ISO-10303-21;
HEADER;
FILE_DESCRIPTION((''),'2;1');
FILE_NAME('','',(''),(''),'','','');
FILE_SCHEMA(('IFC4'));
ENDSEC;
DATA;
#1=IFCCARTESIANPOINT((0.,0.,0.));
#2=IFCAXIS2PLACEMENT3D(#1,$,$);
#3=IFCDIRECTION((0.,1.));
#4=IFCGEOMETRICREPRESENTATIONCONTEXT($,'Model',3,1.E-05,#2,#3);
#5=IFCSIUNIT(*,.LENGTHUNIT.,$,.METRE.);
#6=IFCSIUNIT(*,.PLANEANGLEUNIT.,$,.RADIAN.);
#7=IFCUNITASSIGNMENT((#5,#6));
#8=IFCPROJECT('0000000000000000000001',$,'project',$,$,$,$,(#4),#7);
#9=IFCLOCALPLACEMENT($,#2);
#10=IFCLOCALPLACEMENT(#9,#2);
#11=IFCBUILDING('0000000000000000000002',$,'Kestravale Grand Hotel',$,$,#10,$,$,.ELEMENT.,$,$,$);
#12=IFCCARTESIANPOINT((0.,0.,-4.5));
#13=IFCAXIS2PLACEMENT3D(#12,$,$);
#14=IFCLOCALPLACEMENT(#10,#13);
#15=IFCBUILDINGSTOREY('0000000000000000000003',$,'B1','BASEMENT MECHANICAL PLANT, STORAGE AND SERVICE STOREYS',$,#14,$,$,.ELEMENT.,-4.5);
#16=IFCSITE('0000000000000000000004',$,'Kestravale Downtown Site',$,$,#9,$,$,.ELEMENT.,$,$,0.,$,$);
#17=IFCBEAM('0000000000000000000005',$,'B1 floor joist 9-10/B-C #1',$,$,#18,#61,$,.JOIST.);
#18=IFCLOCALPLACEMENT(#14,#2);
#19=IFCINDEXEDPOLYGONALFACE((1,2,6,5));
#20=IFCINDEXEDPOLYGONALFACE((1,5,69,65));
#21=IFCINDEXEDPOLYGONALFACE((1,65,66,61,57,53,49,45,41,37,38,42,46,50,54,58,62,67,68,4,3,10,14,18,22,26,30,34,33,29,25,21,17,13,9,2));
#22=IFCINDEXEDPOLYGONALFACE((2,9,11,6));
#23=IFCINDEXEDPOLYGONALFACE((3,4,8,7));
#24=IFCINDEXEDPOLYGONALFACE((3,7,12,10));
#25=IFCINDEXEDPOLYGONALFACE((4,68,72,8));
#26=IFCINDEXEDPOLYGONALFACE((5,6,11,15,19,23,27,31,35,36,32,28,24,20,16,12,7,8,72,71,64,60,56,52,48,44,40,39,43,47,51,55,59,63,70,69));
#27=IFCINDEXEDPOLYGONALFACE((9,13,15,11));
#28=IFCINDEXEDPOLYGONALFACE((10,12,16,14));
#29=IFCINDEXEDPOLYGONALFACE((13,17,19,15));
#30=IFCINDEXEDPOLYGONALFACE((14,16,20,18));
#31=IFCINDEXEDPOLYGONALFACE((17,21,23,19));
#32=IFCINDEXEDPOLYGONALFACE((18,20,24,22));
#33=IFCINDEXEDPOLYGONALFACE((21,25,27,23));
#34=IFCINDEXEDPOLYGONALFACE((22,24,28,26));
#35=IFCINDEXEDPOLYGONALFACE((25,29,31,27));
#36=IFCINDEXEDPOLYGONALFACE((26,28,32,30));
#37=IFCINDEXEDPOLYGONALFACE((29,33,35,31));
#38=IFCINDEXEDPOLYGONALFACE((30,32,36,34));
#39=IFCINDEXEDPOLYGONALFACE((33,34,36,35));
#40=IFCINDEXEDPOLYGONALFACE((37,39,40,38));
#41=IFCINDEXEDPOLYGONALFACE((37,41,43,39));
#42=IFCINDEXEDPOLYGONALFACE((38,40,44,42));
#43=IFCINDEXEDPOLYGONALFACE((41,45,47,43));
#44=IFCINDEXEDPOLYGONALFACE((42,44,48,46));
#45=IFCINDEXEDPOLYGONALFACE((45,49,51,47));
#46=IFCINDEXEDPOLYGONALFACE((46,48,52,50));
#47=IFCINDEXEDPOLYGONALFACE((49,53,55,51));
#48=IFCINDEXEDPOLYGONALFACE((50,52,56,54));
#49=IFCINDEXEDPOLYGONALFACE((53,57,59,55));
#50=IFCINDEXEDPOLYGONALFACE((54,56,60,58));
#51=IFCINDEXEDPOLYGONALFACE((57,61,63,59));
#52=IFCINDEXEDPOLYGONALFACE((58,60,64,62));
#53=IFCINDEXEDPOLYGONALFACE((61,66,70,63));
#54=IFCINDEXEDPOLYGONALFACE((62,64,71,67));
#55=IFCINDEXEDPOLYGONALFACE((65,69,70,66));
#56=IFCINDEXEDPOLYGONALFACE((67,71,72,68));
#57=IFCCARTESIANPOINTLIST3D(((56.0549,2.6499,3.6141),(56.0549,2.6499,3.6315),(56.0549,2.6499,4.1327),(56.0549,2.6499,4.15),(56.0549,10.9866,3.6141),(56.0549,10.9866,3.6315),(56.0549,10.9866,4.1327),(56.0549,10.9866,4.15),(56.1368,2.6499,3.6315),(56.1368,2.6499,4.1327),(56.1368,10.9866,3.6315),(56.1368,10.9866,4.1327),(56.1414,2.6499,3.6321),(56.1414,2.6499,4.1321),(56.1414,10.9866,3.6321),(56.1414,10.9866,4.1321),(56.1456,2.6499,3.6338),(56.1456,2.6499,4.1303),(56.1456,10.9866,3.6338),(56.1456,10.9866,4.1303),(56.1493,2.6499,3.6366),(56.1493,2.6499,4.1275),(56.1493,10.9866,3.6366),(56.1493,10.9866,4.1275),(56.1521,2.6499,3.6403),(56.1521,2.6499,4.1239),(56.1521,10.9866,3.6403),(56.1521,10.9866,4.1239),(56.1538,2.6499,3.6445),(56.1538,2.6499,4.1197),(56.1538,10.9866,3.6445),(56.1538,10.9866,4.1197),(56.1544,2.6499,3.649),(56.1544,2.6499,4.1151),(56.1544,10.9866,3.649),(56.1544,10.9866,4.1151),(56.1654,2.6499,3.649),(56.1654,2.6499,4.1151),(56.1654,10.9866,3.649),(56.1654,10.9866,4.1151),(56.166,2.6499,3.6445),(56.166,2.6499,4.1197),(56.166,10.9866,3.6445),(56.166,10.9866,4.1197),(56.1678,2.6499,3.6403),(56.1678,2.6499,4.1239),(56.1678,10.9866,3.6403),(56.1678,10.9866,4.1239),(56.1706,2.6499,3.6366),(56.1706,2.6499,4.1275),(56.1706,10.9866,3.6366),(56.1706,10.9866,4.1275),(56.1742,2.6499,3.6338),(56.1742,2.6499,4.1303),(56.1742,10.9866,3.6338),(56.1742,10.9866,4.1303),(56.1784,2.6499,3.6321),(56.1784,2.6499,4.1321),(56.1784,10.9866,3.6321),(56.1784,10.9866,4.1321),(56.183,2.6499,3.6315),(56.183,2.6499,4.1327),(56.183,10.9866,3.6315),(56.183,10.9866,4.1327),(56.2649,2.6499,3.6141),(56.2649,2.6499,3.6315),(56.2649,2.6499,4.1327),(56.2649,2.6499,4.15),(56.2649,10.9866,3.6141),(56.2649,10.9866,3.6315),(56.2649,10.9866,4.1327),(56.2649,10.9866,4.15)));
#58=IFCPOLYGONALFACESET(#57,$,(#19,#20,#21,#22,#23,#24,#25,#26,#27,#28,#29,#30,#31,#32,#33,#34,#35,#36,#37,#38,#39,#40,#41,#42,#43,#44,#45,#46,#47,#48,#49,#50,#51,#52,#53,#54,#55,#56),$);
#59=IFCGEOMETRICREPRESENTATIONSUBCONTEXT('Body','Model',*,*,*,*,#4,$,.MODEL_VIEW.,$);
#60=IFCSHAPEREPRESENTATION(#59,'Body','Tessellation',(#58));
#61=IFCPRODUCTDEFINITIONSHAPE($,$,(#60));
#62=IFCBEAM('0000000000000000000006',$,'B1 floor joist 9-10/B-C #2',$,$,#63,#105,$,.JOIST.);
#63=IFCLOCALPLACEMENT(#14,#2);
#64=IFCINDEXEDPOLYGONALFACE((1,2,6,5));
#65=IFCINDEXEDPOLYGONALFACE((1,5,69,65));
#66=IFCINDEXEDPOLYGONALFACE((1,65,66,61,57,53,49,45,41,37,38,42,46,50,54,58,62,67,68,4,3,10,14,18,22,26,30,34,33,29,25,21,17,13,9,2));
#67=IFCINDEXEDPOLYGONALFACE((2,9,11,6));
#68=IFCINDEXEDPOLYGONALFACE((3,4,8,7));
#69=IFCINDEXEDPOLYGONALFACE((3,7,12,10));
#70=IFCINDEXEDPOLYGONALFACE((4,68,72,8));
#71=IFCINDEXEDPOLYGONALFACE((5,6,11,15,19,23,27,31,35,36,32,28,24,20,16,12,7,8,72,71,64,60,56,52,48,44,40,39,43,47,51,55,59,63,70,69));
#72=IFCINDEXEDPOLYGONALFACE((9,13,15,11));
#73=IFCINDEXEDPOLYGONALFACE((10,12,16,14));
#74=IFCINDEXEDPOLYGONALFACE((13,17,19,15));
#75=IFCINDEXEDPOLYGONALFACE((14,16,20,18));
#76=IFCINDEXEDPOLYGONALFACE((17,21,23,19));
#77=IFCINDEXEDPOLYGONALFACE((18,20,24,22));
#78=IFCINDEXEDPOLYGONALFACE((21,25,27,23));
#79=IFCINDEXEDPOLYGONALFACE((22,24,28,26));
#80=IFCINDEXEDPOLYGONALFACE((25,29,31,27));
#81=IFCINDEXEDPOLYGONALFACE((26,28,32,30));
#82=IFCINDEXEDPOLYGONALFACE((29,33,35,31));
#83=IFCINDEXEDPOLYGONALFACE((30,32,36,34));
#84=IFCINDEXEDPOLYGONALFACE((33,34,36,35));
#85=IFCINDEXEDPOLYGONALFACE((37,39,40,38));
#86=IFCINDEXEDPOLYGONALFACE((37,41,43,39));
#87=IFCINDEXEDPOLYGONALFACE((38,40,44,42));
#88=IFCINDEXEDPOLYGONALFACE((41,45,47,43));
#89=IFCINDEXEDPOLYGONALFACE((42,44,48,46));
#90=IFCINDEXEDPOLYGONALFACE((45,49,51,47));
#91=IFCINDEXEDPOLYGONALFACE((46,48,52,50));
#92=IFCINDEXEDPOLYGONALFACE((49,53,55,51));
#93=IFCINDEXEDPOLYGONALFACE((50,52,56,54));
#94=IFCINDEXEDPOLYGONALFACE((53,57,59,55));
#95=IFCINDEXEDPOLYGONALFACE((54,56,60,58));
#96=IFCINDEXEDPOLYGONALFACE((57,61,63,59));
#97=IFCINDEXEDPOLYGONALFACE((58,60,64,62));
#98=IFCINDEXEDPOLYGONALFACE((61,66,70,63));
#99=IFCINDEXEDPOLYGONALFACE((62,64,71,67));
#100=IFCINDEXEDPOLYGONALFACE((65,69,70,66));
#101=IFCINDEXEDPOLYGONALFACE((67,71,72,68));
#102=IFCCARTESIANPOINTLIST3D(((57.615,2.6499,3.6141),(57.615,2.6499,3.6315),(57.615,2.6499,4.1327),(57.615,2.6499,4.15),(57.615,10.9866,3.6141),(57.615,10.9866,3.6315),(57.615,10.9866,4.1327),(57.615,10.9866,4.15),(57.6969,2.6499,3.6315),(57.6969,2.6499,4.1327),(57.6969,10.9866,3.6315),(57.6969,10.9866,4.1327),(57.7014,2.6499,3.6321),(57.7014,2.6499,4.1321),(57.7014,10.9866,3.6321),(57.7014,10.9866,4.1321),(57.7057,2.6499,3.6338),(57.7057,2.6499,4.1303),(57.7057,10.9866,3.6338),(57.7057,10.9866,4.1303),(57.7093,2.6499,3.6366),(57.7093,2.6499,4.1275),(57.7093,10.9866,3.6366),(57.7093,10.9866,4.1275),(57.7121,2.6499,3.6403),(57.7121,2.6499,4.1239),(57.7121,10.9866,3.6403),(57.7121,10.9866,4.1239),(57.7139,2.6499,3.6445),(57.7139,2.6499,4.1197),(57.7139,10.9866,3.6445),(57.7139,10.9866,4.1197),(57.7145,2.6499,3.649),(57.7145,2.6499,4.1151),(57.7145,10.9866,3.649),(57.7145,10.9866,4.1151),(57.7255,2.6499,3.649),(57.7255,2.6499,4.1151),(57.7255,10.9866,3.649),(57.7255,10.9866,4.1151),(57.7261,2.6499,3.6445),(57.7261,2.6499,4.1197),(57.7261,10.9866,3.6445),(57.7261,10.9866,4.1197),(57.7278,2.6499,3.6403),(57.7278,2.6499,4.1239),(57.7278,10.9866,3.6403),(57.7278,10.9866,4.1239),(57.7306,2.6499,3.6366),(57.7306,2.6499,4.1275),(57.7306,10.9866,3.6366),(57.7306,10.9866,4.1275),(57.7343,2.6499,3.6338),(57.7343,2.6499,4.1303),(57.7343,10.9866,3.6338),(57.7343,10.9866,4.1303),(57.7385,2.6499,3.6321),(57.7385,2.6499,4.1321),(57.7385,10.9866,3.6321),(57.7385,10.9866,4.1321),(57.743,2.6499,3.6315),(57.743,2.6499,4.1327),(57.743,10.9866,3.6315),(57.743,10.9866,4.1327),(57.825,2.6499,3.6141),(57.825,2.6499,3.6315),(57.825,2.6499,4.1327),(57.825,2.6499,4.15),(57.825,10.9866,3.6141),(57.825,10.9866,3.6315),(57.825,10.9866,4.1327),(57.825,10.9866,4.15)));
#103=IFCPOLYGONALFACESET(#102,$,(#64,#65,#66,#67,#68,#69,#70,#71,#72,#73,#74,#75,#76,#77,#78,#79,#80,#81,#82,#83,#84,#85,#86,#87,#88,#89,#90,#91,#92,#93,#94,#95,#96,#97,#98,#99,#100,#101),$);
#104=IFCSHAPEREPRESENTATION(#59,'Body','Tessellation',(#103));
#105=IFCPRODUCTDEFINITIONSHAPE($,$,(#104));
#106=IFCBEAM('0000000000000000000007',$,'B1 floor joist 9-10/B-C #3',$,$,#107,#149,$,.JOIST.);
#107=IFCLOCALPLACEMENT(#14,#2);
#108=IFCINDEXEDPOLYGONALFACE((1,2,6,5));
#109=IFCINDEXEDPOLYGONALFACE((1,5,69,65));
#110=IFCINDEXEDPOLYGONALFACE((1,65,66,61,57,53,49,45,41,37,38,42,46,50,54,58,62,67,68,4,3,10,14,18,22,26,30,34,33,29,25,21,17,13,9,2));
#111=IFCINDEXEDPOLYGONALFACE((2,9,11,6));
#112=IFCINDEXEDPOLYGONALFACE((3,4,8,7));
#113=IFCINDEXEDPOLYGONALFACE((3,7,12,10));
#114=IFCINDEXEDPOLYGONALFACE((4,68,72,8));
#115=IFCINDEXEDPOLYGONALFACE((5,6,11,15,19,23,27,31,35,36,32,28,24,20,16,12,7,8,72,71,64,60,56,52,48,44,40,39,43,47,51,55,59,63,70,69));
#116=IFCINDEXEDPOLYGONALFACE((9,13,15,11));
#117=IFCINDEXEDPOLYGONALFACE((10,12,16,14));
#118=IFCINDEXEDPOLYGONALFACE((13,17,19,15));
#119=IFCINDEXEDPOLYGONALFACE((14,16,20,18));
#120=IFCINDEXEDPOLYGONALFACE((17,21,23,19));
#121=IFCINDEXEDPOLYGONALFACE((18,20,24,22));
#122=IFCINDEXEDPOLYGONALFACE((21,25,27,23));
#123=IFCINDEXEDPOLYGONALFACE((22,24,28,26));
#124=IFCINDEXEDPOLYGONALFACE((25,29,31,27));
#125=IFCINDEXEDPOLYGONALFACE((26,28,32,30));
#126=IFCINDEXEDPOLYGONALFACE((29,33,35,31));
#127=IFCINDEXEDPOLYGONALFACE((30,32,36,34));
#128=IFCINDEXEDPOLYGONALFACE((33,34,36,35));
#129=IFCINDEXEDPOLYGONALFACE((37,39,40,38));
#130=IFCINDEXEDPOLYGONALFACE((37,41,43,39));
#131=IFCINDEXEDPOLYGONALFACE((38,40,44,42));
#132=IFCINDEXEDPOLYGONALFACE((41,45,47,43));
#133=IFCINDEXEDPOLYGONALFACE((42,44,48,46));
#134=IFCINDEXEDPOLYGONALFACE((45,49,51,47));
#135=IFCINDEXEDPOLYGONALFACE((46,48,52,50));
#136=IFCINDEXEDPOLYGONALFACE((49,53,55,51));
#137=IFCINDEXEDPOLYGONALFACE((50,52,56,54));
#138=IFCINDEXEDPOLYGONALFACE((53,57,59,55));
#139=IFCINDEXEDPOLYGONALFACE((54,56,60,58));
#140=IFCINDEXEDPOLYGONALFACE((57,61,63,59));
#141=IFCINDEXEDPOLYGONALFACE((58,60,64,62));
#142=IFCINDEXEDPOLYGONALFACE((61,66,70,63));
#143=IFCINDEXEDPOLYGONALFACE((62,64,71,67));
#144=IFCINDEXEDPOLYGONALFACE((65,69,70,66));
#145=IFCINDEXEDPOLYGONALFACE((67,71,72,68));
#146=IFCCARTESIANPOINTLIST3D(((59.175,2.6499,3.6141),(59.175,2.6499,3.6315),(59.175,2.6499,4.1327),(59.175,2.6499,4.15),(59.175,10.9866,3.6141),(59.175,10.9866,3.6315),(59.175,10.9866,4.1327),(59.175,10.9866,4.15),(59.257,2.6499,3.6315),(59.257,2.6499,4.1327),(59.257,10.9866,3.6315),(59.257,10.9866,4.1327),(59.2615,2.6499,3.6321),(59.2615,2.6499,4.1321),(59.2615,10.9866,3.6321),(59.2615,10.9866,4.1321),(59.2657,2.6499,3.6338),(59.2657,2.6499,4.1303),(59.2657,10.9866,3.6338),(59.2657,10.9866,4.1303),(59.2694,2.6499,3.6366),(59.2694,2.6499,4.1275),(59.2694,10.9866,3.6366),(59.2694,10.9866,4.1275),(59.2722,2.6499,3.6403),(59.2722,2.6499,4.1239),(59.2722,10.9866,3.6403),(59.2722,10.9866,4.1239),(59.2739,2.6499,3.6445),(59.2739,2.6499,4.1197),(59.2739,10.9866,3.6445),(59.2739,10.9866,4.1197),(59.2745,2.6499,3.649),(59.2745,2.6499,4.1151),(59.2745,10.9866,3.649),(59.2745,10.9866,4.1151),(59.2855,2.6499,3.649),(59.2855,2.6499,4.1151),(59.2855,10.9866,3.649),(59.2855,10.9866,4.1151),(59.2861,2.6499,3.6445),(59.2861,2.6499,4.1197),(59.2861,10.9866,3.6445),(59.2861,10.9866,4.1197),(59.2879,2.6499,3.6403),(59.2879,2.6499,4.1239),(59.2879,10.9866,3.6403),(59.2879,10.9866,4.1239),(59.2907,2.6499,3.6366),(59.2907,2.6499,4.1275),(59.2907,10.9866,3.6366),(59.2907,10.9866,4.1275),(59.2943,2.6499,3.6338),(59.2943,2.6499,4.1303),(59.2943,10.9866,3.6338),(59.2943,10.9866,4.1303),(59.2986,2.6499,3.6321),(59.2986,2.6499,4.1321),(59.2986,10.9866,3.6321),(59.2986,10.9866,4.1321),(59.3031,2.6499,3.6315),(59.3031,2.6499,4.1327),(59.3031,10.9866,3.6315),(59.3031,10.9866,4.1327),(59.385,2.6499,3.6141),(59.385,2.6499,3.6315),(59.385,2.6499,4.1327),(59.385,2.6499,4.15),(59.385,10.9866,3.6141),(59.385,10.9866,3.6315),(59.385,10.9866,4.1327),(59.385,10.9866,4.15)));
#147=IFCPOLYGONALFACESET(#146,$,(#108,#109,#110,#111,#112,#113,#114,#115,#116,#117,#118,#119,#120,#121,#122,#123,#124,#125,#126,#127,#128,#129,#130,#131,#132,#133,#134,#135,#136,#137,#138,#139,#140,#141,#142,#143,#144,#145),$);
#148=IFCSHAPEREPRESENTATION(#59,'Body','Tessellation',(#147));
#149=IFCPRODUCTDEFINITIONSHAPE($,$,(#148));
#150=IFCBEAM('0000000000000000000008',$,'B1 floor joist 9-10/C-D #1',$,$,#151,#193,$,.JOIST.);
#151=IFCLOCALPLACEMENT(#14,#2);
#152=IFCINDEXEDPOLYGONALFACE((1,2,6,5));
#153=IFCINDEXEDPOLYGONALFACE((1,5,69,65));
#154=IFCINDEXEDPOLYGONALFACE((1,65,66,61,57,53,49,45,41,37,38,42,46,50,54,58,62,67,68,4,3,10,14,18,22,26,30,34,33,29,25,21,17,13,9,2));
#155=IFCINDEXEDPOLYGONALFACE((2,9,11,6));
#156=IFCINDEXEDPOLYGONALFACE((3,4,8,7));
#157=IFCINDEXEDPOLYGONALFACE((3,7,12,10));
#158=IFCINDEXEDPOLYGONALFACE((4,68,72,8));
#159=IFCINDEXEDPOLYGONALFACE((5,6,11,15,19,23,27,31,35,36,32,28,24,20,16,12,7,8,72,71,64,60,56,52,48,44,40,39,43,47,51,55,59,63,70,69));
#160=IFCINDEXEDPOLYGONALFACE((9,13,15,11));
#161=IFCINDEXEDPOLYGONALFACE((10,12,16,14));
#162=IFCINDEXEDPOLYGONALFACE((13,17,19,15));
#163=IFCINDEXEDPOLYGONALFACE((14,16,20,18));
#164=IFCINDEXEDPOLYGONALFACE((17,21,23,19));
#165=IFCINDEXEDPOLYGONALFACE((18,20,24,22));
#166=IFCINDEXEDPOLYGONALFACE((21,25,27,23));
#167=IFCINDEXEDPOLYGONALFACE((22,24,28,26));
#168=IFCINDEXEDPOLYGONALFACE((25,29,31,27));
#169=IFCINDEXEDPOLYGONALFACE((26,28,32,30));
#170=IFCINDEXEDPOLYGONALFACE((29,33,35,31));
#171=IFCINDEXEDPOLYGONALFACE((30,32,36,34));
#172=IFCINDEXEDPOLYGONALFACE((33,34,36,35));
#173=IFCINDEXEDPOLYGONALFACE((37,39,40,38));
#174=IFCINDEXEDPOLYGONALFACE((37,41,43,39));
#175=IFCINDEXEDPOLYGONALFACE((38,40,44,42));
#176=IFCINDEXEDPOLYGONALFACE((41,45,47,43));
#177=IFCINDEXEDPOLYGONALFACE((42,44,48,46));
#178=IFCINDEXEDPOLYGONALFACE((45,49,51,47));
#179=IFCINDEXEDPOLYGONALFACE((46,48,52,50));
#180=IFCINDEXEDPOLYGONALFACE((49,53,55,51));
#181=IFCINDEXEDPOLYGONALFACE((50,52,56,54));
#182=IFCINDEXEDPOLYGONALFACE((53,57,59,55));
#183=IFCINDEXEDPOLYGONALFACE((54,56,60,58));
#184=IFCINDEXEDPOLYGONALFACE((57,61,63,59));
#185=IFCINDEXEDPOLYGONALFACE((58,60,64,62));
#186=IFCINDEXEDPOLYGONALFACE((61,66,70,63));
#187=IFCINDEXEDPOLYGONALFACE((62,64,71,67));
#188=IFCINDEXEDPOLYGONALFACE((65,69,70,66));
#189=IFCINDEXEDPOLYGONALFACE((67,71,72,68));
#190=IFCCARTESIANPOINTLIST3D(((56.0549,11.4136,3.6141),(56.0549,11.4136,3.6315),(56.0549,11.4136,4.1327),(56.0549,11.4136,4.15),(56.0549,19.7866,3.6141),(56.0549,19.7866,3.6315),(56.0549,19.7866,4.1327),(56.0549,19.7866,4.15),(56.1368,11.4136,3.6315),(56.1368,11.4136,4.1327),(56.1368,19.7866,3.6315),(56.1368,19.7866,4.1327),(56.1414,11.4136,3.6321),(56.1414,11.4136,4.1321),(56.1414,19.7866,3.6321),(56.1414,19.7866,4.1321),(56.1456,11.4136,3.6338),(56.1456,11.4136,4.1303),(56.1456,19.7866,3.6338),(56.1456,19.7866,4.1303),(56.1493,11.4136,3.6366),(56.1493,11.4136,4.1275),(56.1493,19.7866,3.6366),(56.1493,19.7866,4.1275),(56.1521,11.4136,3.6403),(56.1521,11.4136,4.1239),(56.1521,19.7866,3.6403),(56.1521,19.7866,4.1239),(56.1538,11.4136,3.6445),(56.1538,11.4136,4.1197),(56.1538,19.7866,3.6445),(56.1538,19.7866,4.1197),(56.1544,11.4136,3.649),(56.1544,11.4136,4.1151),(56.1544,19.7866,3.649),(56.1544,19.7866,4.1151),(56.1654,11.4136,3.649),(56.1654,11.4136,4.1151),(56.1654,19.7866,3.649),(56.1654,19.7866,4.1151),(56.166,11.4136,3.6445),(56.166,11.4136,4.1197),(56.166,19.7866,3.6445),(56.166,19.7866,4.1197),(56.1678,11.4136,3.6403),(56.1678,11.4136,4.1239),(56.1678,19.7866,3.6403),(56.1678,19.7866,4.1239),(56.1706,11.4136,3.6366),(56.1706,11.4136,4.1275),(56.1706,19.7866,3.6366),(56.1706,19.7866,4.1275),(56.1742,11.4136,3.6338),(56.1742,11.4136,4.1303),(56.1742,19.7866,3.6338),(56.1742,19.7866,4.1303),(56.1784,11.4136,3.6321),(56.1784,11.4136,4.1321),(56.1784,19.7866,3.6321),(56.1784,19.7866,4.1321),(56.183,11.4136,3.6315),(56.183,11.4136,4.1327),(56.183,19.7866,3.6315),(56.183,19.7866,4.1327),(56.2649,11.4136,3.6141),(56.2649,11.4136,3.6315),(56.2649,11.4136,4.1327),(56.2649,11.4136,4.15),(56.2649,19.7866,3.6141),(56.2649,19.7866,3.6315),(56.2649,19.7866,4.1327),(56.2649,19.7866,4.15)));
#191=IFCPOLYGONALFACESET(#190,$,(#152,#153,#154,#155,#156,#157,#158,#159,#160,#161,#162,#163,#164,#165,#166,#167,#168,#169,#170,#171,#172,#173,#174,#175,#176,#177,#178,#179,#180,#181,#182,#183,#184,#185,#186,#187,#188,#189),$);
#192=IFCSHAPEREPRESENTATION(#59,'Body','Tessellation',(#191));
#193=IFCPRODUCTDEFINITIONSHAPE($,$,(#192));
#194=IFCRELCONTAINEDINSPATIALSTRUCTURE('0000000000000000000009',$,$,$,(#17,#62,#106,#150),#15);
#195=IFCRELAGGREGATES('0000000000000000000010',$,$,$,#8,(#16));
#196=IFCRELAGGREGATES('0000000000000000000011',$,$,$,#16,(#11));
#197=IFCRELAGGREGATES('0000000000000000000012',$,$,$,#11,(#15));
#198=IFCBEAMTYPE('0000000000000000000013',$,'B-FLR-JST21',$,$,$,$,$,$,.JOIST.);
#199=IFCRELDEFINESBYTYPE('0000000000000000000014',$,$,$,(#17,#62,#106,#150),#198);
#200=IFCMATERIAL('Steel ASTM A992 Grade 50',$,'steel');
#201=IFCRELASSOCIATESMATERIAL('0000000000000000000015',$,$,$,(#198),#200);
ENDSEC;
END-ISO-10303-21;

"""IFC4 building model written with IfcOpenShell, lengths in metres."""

from ifc_helpers import new_model, si_unit, direction, frame, origin, origin_2d, place, context, subcontext, project, spatial, i_section, extrude, material, material_profile, profile_set, type_object, element, save


model = new_model("IFC4")

# Units and contexts
model_context = context("Model", 3, precision=1e-05, world=origin(), true_north=direction((0.0, 1.0)))
body_context = subcontext(model_context, "Body", "Model", "MODEL_VIEW")
ifc_project = project(units=[si_unit("LENGTHUNIT", "METRE"), si_unit("PLANEANGLEUNIT", "RADIAN")], contexts=[model_context])

# Site, building, storey
site_placement = place(None, origin())
site = spatial("IfcSite", under=ifc_project, at=site_placement, Name="Kestravale Downtown Site", CompositionType="ELEMENT", RefElevation=0.0)
building_placement = place(site_placement, origin())
building = spatial("IfcBuilding", under=site, at=building_placement, Name="Kestravale Grand Hotel", CompositionType="ELEMENT")
storey_placement = place(building_placement, frame((0.0, 0.0, -4.5)))
storey = spatial("IfcBuildingStorey", under=building, at=storey_placement, Name="B1", Description="BASEMENT MECHANICAL PLANT, STORAGE AND SERVICE STOREYS", CompositionType="ELEMENT", Elevation=-4.5)

# Beams
ifc_material_1 = material(Name="Steel ASTM A992 Grade 50", Category="steel")
ifc_material_profile_1 = material_profile(ifc_material_1, i_section(OverallWidth=0.21, OverallDepth=0.5359, WebThickness=0.011, FlangeThickness=0.0173, FilletRadius=0.0176, at=origin_2d()))
ifc_profile_set_1 = profile_set([ifc_material_profile_1], Name="Steel ASTM A992 Grade 50")
beam_type_1 = type_object("IfcBeamType", Name="B-FLR-JST21", PredefinedType="JOIST", material=ifc_profile_set_1)
for number, where, z_axis, x_axis, name in (
    (1, (56.1599, 2.6499, 3.8821), (0.0, 1.0, 0.0), (-1.0, 0.0, 0.0), "B1 floor joist 9-10/B-C #1"),
    (2, (57.72, 2.6499, 3.8821), (0.0, 1.0, 0.0), (-1.0, 0.0, 0.0), "B1 floor joist 9-10/B-C #2"),
    (3, (59.28, 2.6499, 3.8821), (0.0, 1.0, 0.0), (-1.0, 0.0, 0.0), "B1 floor joist 9-10/B-C #3"),
):
    element("IfcBeam", number, at=place(storey_placement, frame(where, z_axis=z_axis, x_axis=x_axis)), inside=storey, type_object=beam_type_1, Name=name, PredefinedType="JOIST", context=body_context, shape_type="SweptSolid", body=[
        extrude(i_section(OverallWidth=0.21, OverallDepth=0.5359, WebThickness=0.011, FlangeThickness=0.0173, FilletRadius=0.0176, at=origin_2d()), origin(), (0.0, 0.0, 1.0), 8.3367),
    ])
for number, where, z_axis, x_axis, name in (
    (4, (56.1599, 11.4136, 3.8821), (0.0, 1.0, 0.0), (-1.0, 0.0, 0.0), "B1 floor joist 9-10/C-D #1"),
):
    element("IfcBeam", number, at=place(storey_placement, frame(where, z_axis=z_axis, x_axis=x_axis)), inside=storey, type_object=beam_type_1, Name=name, PredefinedType="JOIST", context=body_context, shape_type="SweptSolid", body=[
        extrude(i_section(OverallWidth=0.21, OverallDepth=0.5359, WebThickness=0.011, FlangeThickness=0.0173, FilletRadius=0.0176, at=origin_2d()), origin(), (0.0, 0.0, 1.0), 8.373),
    ])

save(model, "model.ifc")
